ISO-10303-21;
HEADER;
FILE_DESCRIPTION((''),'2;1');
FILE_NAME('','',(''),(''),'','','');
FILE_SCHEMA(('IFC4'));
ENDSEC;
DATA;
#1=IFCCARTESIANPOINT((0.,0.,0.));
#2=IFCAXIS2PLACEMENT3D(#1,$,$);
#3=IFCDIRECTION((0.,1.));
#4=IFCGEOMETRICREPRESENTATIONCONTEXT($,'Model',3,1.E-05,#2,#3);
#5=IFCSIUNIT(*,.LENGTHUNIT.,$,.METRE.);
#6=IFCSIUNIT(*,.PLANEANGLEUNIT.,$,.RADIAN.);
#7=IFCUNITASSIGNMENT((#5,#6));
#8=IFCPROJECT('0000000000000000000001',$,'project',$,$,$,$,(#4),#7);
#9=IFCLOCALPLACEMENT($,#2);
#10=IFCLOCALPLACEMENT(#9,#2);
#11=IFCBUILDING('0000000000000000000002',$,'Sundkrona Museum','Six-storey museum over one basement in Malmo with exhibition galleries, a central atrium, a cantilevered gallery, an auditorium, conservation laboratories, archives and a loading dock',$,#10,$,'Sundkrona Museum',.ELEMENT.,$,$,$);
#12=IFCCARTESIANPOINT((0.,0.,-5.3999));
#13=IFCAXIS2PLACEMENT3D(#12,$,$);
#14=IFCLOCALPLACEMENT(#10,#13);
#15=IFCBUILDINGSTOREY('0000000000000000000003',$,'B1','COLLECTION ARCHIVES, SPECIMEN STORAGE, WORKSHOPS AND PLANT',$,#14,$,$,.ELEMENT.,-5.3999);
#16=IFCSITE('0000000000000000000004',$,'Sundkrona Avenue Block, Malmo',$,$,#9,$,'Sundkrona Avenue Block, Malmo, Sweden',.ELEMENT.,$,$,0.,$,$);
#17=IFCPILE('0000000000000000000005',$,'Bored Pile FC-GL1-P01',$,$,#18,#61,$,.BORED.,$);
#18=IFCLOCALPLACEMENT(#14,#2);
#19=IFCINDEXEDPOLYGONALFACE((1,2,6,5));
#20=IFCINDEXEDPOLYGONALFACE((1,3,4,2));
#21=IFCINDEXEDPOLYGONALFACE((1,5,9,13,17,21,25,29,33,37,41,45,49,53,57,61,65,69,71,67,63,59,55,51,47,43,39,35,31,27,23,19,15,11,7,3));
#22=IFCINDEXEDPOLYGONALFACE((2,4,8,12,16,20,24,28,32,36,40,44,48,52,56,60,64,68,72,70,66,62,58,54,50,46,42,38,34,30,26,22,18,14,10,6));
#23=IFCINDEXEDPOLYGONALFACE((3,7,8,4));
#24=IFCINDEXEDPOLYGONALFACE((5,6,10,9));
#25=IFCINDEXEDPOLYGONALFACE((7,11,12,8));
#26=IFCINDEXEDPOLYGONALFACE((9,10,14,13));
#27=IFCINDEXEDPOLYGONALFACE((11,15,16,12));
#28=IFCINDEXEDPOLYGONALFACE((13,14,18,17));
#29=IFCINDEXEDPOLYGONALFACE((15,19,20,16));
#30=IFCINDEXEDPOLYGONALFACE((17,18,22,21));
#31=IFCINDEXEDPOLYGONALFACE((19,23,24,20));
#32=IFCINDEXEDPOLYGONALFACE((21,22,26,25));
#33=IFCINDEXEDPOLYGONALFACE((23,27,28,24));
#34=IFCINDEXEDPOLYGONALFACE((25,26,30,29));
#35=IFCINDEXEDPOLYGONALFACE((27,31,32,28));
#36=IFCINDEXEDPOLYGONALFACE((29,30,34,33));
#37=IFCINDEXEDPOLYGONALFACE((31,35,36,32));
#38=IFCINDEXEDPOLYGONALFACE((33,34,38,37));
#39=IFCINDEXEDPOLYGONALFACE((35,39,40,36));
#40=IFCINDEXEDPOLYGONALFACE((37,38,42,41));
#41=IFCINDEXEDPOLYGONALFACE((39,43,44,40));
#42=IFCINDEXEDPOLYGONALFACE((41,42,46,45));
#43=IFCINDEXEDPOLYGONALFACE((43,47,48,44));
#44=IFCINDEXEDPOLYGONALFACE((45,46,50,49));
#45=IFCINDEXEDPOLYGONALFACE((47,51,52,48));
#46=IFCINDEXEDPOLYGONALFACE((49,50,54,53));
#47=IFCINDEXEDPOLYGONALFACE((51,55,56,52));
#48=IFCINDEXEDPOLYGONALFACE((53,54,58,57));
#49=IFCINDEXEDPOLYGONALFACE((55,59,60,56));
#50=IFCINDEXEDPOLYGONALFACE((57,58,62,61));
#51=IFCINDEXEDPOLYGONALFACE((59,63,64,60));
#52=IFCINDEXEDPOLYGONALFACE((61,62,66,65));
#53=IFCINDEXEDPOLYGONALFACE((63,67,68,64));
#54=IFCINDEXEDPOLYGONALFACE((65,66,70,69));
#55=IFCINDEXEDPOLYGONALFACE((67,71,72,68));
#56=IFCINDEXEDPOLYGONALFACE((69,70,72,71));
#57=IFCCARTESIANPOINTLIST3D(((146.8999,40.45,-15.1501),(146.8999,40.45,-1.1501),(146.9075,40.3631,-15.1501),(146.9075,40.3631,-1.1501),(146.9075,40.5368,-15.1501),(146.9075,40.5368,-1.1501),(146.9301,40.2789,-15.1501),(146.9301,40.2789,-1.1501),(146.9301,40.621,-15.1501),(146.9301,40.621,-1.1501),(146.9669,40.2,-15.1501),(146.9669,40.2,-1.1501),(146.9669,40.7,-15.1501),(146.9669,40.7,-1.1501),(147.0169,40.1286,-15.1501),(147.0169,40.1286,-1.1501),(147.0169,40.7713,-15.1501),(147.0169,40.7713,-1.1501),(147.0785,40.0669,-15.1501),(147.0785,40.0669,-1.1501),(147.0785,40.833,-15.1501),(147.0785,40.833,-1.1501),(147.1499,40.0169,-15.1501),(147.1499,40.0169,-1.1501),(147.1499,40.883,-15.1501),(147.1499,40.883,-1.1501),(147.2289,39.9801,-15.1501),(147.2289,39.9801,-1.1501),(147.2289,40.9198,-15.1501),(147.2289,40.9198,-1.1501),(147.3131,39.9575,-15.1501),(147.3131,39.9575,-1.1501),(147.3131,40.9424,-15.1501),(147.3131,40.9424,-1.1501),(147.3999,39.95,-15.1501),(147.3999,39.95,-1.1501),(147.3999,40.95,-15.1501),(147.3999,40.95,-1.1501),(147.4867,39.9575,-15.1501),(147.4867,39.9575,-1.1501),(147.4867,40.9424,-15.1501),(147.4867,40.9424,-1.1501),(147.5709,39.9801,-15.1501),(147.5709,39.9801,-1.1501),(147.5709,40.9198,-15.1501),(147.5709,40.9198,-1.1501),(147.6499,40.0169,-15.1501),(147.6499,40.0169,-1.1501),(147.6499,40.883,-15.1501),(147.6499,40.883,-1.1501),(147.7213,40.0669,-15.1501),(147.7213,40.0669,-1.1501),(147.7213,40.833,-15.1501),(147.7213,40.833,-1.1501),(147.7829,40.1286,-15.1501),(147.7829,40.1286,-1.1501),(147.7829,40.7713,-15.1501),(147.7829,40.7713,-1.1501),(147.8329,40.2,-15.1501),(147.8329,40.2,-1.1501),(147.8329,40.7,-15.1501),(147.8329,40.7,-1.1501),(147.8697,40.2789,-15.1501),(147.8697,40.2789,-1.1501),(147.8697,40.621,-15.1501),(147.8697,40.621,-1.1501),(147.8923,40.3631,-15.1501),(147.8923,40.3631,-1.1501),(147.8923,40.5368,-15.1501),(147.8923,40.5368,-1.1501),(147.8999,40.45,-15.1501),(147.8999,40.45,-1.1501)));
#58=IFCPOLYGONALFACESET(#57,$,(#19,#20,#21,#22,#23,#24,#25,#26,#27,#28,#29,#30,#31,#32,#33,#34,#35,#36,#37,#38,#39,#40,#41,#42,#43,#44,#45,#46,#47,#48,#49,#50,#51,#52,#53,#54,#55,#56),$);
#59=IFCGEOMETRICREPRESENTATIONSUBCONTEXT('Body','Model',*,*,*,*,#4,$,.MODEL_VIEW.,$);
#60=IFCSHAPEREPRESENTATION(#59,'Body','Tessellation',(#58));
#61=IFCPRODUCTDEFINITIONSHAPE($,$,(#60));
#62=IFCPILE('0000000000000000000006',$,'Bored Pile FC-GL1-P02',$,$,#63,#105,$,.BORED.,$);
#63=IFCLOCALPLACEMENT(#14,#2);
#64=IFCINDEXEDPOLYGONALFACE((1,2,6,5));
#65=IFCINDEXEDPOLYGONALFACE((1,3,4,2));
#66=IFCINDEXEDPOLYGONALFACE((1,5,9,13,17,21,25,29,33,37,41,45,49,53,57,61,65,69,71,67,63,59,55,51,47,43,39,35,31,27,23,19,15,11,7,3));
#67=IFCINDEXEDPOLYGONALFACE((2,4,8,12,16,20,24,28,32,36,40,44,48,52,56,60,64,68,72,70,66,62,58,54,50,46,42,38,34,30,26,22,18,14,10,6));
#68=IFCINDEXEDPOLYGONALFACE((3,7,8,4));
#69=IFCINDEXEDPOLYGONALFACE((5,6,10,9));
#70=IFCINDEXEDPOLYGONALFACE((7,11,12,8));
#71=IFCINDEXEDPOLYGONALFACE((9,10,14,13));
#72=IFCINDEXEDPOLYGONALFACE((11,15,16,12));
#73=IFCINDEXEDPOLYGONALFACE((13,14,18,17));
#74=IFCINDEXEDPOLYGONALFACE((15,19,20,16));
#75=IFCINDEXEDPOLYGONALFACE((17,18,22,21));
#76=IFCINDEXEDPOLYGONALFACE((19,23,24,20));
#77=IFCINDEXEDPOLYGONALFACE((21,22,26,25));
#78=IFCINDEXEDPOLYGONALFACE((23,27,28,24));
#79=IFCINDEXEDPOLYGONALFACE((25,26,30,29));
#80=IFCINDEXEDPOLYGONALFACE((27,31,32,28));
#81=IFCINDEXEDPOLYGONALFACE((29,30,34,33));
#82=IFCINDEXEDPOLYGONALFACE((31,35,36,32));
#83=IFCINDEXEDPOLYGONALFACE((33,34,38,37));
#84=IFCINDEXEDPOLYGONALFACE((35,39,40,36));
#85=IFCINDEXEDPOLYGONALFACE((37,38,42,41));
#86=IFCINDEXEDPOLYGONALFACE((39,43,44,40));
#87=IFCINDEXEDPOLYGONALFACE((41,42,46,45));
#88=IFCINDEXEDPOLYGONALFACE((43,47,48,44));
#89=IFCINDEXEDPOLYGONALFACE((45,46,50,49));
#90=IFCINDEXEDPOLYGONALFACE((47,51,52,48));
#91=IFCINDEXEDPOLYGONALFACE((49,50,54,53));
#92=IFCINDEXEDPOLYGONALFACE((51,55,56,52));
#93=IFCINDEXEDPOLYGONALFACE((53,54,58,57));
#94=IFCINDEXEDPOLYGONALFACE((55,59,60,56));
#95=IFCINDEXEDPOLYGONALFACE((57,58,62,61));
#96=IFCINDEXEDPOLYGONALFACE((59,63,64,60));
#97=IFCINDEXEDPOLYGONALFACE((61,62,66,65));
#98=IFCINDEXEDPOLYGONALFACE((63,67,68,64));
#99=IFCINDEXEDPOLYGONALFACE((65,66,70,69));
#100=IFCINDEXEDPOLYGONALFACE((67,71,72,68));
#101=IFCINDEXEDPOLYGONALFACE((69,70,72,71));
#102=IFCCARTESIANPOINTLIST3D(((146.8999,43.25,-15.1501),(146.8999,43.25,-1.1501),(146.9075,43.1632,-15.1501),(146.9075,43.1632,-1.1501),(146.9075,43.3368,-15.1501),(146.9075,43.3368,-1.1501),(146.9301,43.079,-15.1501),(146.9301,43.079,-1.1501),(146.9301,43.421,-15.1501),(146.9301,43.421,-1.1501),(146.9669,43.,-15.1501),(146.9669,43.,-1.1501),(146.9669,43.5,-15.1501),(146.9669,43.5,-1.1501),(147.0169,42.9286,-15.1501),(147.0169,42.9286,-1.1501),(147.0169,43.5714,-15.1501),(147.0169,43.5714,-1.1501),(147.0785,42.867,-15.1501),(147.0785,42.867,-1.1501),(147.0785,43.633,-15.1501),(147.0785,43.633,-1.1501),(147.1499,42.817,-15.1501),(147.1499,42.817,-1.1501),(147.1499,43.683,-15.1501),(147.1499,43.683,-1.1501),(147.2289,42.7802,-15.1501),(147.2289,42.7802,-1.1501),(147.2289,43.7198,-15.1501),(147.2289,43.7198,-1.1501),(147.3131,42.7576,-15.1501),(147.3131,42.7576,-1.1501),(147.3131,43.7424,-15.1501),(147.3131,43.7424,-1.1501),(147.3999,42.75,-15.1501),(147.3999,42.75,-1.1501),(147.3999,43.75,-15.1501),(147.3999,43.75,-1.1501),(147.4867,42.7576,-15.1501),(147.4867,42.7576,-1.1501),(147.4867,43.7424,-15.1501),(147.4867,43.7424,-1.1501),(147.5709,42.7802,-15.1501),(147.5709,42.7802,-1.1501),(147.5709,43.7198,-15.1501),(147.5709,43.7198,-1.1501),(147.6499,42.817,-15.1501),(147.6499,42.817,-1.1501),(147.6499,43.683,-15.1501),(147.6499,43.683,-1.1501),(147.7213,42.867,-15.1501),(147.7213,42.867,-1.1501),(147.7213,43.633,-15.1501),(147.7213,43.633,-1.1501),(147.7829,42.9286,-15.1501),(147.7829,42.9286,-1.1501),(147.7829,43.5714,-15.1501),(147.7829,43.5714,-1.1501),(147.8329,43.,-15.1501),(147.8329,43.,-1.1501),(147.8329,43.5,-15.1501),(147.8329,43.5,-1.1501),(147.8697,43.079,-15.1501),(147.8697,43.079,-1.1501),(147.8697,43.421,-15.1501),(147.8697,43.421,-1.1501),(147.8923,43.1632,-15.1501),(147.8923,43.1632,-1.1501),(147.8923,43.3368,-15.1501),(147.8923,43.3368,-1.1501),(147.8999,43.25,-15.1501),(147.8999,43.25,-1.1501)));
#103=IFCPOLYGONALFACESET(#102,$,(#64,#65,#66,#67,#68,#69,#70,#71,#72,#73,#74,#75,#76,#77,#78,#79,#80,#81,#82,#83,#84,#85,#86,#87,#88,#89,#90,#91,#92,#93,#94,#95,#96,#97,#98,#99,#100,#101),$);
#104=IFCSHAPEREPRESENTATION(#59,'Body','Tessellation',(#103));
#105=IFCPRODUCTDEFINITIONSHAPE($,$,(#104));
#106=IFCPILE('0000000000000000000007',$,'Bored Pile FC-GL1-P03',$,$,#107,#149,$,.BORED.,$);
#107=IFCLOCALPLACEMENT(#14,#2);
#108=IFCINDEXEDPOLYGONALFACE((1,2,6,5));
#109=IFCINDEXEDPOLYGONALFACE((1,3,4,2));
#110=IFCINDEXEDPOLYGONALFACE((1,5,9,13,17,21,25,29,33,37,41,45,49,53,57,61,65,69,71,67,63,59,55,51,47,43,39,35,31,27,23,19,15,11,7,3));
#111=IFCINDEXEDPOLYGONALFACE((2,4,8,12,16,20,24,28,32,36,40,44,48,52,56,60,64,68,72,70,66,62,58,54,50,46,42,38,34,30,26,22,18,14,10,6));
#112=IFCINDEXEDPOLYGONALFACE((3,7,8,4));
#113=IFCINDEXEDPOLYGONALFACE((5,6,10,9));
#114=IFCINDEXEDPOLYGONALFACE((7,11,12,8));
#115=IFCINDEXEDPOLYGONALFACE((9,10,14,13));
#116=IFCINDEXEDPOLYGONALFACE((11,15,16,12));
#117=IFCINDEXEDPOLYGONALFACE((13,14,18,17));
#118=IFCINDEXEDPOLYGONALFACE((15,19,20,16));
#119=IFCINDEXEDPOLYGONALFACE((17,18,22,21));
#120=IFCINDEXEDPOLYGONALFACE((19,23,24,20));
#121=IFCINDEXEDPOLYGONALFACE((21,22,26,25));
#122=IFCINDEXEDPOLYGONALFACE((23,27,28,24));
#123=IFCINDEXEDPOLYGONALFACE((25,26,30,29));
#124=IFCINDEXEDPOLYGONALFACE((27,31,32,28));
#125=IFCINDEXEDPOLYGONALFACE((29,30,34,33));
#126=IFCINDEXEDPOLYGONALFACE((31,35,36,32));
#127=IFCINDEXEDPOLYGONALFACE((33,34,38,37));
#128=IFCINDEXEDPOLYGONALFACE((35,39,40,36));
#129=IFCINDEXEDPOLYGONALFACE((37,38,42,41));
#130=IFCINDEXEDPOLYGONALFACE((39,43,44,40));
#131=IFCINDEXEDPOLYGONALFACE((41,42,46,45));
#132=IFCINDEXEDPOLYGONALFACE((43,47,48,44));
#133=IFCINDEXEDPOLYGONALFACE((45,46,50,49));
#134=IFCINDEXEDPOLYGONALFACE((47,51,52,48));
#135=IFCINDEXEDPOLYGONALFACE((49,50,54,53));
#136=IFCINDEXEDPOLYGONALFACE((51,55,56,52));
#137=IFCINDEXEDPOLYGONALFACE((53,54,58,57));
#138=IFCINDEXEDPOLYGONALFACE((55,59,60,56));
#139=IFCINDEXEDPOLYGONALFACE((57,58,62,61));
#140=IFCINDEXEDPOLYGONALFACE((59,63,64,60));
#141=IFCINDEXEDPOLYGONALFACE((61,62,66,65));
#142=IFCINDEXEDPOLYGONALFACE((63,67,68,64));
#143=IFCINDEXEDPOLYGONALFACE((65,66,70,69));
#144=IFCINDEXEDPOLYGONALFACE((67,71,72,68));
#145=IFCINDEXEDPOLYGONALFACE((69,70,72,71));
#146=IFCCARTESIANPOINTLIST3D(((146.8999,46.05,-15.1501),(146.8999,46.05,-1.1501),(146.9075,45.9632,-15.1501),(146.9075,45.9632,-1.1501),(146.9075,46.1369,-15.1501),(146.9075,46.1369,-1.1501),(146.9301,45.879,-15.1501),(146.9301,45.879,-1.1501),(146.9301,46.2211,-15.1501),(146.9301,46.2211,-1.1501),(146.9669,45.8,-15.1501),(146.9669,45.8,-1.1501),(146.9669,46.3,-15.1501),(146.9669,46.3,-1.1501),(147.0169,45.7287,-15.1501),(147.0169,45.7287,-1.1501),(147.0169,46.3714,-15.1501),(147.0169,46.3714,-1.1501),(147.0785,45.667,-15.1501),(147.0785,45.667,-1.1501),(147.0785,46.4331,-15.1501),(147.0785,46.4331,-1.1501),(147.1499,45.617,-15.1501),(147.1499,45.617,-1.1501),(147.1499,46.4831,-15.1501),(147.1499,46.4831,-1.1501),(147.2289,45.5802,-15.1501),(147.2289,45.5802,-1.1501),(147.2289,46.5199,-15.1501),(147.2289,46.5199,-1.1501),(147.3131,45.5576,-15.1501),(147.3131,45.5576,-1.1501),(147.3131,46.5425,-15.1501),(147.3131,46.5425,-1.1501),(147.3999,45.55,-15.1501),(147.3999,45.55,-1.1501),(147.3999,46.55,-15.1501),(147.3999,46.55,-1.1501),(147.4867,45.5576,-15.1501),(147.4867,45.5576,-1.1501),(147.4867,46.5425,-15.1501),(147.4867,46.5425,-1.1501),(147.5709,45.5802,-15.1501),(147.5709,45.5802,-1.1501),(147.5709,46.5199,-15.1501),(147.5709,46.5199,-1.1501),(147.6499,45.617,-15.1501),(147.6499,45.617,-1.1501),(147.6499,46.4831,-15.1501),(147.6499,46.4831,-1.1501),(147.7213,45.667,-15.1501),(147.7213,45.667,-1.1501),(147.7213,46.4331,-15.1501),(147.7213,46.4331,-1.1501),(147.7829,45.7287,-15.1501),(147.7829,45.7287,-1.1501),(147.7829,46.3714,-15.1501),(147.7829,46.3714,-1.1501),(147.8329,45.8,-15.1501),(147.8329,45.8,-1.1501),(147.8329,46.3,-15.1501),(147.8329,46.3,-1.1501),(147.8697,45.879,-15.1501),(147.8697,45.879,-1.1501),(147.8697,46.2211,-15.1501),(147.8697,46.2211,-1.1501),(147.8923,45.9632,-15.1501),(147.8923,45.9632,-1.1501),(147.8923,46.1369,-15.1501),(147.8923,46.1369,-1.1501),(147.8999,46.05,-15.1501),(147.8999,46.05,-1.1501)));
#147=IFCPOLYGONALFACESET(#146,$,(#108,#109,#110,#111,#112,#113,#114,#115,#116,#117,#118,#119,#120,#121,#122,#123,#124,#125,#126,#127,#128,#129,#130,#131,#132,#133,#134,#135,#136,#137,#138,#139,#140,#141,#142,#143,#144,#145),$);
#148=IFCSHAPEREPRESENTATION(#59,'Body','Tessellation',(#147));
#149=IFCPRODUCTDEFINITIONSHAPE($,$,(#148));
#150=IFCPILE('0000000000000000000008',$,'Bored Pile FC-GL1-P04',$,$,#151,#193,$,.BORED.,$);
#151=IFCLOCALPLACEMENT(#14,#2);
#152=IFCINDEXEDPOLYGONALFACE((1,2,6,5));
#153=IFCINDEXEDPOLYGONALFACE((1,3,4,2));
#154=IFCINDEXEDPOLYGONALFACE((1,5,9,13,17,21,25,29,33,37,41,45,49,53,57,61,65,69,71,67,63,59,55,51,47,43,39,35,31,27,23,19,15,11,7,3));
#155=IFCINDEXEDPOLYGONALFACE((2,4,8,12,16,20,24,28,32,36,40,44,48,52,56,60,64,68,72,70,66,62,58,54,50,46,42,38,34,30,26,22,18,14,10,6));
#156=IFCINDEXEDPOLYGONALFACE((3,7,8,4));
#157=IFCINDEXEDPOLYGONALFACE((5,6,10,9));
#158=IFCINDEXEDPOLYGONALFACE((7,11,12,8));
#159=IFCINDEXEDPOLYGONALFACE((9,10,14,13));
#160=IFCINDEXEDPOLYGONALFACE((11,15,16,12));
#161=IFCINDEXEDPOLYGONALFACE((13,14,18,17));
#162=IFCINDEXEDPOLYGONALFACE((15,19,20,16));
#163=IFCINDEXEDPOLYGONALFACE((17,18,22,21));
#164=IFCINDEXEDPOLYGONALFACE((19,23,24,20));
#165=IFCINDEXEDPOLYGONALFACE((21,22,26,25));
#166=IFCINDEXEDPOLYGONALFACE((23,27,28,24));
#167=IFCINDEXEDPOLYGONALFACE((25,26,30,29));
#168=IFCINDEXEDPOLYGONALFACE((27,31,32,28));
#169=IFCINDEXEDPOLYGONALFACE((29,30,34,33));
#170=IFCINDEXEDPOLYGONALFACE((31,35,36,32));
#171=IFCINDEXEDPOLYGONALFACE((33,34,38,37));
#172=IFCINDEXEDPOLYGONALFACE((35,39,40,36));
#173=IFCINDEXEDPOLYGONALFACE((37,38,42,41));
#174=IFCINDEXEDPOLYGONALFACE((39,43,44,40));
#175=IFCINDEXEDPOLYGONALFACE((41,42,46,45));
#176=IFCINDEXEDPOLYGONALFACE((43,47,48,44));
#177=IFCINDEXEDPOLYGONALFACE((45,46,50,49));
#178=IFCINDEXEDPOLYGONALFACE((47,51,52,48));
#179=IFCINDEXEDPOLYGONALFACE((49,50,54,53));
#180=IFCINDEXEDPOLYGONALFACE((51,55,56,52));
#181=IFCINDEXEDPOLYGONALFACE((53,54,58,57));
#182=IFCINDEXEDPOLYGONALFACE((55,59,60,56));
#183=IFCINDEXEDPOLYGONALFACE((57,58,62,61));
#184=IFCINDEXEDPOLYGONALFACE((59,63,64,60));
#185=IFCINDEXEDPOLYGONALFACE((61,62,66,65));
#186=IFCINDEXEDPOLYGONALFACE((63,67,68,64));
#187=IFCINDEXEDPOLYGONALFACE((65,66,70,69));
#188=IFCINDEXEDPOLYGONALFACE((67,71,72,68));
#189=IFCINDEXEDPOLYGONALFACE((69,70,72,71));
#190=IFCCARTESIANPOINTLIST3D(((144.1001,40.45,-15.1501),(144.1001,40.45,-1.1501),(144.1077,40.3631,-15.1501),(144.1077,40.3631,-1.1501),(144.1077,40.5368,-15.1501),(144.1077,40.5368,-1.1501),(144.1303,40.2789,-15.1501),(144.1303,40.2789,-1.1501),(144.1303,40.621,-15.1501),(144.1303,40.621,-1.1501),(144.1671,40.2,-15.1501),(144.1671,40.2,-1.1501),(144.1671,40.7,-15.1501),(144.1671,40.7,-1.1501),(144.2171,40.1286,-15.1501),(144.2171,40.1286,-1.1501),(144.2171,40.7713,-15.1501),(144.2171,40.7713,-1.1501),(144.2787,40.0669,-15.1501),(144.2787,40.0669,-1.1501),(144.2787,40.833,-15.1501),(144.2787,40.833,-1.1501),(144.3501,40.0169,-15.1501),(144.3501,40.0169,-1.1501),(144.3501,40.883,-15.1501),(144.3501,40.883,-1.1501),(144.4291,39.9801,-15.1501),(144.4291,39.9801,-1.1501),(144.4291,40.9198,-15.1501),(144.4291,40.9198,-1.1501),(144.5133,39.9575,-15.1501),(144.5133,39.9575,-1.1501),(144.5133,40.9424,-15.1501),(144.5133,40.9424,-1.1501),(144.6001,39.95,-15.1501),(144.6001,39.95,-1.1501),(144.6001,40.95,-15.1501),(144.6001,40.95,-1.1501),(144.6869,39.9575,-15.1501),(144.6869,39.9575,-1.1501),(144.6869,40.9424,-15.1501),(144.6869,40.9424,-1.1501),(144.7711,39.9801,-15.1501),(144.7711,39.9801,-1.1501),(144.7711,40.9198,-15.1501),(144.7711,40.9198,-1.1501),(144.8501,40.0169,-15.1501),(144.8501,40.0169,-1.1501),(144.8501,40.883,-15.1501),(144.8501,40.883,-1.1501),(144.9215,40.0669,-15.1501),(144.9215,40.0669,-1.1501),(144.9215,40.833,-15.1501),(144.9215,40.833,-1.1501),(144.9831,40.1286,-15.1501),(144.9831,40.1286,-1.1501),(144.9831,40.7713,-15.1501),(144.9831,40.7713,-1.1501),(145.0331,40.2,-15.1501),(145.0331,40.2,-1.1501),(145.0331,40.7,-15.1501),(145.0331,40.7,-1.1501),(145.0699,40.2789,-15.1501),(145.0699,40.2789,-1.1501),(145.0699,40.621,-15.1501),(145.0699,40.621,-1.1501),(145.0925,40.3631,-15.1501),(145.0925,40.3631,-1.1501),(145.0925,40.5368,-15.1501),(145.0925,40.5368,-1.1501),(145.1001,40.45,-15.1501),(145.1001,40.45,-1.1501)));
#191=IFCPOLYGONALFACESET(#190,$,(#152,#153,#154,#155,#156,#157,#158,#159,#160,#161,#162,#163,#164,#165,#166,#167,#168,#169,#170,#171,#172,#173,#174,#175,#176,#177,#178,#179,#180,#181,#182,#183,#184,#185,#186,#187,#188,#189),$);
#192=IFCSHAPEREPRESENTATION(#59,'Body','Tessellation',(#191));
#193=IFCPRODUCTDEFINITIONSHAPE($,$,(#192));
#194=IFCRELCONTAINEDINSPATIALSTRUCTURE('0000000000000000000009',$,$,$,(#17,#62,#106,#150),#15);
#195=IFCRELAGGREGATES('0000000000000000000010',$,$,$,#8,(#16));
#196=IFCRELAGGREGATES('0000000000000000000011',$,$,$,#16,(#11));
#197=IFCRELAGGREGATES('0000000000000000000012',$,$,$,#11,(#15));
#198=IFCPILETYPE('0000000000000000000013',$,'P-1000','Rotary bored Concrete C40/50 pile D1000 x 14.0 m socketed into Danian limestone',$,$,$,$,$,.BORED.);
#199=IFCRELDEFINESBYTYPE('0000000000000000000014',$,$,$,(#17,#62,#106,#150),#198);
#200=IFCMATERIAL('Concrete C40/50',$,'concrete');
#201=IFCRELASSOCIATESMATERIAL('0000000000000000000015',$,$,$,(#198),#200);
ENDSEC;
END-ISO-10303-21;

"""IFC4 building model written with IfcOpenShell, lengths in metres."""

from ifc_helpers import new_model, si_unit, direction, frame, origin, origin_2d, place, context, subcontext, project, spatial, circle, extrude, material, material_profile, profile_set, type_object, element, save


model = new_model("IFC4")

# Units and contexts
model_context = context("Model", 3, precision=1e-05, world=origin(), true_north=direction((0.0, 1.0)))
body_context = subcontext(model_context, "Body", "Model", "MODEL_VIEW")
ifc_project = project(units=[si_unit("LENGTHUNIT", "METRE"), si_unit("PLANEANGLEUNIT", "RADIAN")], contexts=[model_context])

# Site, building, storey
site_placement = place(None, origin())
site = spatial("IfcSite", under=ifc_project, at=site_placement, Name="Sundkrona Avenue Block, Malmo", LongName="Sundkrona Avenue Block, Malmo, Sweden", CompositionType="ELEMENT", RefElevation=0.0)
building_placement = place(site_placement, origin())
building = spatial("IfcBuilding", under=site, at=building_placement, Name="Sundkrona Museum", Description="Six-storey museum over one basement in Malmo with exhibition galleries, a central atrium, a cantilevered gallery, an auditorium, conservation laboratories, archives and a loading dock", LongName="Sundkrona Museum", CompositionType="ELEMENT")
storey_placement = place(building_placement, frame((0.0, 0.0, -5.3999)))
storey = spatial("IfcBuildingStorey", under=building, at=storey_placement, Name="B1", Description="COLLECTION ARCHIVES, SPECIMEN STORAGE, WORKSHOPS AND PLANT", CompositionType="ELEMENT", Elevation=-5.3999)

# Piles
ifc_material_1 = material(Name="Concrete C40/50", Category="concrete")
ifc_material_profile_1 = material_profile(ifc_material_1, circle(Radius=0.5, at=origin_2d()), Name="PILE D1000")
ifc_profile_set_1 = profile_set([ifc_material_profile_1], Name="Concrete C40/50")
pile_type_1 = type_object("IfcPileType", Name="P-1000", Description="Rotary bored Concrete C40/50 pile D1000 x 14.0 m socketed into Danian limestone", PredefinedType="BORED", material=ifc_profile_set_1)
for number, where, z_axis, x_axis, name in (
    (1, (147.3999, 40.45, -1.1501), (0.0, 0.0, -1.0), (1.0, 0.0, 0.0), "Bored Pile FC-GL1-P01"),
    (2, (147.3999, 43.25, -1.1501), (0.0, 0.0, -1.0), (1.0, 0.0, 0.0), "Bored Pile FC-GL1-P02"),
    (3, (147.3999, 46.05, -1.1501), (0.0, 0.0, -1.0), (1.0, 0.0, 0.0), "Bored Pile FC-GL1-P03"),
    (4, (144.6001, 40.45, -1.1501), (0.0, 0.0, -1.0), (1.0, 0.0, 0.0), "Bored Pile FC-GL1-P04"),
):
    element("IfcPile", number, at=place(storey_placement, frame(where, z_axis=z_axis, x_axis=x_axis)), inside=storey, type_object=pile_type_1, Name=name, PredefinedType="BORED", context=body_context, shape_type="SweptSolid", body=[
        extrude(circle(Radius=0.5, at=origin_2d()), origin(), (0.0, 0.0, 1.0), 14.0),
    ])

save(model, "model.ifc")
